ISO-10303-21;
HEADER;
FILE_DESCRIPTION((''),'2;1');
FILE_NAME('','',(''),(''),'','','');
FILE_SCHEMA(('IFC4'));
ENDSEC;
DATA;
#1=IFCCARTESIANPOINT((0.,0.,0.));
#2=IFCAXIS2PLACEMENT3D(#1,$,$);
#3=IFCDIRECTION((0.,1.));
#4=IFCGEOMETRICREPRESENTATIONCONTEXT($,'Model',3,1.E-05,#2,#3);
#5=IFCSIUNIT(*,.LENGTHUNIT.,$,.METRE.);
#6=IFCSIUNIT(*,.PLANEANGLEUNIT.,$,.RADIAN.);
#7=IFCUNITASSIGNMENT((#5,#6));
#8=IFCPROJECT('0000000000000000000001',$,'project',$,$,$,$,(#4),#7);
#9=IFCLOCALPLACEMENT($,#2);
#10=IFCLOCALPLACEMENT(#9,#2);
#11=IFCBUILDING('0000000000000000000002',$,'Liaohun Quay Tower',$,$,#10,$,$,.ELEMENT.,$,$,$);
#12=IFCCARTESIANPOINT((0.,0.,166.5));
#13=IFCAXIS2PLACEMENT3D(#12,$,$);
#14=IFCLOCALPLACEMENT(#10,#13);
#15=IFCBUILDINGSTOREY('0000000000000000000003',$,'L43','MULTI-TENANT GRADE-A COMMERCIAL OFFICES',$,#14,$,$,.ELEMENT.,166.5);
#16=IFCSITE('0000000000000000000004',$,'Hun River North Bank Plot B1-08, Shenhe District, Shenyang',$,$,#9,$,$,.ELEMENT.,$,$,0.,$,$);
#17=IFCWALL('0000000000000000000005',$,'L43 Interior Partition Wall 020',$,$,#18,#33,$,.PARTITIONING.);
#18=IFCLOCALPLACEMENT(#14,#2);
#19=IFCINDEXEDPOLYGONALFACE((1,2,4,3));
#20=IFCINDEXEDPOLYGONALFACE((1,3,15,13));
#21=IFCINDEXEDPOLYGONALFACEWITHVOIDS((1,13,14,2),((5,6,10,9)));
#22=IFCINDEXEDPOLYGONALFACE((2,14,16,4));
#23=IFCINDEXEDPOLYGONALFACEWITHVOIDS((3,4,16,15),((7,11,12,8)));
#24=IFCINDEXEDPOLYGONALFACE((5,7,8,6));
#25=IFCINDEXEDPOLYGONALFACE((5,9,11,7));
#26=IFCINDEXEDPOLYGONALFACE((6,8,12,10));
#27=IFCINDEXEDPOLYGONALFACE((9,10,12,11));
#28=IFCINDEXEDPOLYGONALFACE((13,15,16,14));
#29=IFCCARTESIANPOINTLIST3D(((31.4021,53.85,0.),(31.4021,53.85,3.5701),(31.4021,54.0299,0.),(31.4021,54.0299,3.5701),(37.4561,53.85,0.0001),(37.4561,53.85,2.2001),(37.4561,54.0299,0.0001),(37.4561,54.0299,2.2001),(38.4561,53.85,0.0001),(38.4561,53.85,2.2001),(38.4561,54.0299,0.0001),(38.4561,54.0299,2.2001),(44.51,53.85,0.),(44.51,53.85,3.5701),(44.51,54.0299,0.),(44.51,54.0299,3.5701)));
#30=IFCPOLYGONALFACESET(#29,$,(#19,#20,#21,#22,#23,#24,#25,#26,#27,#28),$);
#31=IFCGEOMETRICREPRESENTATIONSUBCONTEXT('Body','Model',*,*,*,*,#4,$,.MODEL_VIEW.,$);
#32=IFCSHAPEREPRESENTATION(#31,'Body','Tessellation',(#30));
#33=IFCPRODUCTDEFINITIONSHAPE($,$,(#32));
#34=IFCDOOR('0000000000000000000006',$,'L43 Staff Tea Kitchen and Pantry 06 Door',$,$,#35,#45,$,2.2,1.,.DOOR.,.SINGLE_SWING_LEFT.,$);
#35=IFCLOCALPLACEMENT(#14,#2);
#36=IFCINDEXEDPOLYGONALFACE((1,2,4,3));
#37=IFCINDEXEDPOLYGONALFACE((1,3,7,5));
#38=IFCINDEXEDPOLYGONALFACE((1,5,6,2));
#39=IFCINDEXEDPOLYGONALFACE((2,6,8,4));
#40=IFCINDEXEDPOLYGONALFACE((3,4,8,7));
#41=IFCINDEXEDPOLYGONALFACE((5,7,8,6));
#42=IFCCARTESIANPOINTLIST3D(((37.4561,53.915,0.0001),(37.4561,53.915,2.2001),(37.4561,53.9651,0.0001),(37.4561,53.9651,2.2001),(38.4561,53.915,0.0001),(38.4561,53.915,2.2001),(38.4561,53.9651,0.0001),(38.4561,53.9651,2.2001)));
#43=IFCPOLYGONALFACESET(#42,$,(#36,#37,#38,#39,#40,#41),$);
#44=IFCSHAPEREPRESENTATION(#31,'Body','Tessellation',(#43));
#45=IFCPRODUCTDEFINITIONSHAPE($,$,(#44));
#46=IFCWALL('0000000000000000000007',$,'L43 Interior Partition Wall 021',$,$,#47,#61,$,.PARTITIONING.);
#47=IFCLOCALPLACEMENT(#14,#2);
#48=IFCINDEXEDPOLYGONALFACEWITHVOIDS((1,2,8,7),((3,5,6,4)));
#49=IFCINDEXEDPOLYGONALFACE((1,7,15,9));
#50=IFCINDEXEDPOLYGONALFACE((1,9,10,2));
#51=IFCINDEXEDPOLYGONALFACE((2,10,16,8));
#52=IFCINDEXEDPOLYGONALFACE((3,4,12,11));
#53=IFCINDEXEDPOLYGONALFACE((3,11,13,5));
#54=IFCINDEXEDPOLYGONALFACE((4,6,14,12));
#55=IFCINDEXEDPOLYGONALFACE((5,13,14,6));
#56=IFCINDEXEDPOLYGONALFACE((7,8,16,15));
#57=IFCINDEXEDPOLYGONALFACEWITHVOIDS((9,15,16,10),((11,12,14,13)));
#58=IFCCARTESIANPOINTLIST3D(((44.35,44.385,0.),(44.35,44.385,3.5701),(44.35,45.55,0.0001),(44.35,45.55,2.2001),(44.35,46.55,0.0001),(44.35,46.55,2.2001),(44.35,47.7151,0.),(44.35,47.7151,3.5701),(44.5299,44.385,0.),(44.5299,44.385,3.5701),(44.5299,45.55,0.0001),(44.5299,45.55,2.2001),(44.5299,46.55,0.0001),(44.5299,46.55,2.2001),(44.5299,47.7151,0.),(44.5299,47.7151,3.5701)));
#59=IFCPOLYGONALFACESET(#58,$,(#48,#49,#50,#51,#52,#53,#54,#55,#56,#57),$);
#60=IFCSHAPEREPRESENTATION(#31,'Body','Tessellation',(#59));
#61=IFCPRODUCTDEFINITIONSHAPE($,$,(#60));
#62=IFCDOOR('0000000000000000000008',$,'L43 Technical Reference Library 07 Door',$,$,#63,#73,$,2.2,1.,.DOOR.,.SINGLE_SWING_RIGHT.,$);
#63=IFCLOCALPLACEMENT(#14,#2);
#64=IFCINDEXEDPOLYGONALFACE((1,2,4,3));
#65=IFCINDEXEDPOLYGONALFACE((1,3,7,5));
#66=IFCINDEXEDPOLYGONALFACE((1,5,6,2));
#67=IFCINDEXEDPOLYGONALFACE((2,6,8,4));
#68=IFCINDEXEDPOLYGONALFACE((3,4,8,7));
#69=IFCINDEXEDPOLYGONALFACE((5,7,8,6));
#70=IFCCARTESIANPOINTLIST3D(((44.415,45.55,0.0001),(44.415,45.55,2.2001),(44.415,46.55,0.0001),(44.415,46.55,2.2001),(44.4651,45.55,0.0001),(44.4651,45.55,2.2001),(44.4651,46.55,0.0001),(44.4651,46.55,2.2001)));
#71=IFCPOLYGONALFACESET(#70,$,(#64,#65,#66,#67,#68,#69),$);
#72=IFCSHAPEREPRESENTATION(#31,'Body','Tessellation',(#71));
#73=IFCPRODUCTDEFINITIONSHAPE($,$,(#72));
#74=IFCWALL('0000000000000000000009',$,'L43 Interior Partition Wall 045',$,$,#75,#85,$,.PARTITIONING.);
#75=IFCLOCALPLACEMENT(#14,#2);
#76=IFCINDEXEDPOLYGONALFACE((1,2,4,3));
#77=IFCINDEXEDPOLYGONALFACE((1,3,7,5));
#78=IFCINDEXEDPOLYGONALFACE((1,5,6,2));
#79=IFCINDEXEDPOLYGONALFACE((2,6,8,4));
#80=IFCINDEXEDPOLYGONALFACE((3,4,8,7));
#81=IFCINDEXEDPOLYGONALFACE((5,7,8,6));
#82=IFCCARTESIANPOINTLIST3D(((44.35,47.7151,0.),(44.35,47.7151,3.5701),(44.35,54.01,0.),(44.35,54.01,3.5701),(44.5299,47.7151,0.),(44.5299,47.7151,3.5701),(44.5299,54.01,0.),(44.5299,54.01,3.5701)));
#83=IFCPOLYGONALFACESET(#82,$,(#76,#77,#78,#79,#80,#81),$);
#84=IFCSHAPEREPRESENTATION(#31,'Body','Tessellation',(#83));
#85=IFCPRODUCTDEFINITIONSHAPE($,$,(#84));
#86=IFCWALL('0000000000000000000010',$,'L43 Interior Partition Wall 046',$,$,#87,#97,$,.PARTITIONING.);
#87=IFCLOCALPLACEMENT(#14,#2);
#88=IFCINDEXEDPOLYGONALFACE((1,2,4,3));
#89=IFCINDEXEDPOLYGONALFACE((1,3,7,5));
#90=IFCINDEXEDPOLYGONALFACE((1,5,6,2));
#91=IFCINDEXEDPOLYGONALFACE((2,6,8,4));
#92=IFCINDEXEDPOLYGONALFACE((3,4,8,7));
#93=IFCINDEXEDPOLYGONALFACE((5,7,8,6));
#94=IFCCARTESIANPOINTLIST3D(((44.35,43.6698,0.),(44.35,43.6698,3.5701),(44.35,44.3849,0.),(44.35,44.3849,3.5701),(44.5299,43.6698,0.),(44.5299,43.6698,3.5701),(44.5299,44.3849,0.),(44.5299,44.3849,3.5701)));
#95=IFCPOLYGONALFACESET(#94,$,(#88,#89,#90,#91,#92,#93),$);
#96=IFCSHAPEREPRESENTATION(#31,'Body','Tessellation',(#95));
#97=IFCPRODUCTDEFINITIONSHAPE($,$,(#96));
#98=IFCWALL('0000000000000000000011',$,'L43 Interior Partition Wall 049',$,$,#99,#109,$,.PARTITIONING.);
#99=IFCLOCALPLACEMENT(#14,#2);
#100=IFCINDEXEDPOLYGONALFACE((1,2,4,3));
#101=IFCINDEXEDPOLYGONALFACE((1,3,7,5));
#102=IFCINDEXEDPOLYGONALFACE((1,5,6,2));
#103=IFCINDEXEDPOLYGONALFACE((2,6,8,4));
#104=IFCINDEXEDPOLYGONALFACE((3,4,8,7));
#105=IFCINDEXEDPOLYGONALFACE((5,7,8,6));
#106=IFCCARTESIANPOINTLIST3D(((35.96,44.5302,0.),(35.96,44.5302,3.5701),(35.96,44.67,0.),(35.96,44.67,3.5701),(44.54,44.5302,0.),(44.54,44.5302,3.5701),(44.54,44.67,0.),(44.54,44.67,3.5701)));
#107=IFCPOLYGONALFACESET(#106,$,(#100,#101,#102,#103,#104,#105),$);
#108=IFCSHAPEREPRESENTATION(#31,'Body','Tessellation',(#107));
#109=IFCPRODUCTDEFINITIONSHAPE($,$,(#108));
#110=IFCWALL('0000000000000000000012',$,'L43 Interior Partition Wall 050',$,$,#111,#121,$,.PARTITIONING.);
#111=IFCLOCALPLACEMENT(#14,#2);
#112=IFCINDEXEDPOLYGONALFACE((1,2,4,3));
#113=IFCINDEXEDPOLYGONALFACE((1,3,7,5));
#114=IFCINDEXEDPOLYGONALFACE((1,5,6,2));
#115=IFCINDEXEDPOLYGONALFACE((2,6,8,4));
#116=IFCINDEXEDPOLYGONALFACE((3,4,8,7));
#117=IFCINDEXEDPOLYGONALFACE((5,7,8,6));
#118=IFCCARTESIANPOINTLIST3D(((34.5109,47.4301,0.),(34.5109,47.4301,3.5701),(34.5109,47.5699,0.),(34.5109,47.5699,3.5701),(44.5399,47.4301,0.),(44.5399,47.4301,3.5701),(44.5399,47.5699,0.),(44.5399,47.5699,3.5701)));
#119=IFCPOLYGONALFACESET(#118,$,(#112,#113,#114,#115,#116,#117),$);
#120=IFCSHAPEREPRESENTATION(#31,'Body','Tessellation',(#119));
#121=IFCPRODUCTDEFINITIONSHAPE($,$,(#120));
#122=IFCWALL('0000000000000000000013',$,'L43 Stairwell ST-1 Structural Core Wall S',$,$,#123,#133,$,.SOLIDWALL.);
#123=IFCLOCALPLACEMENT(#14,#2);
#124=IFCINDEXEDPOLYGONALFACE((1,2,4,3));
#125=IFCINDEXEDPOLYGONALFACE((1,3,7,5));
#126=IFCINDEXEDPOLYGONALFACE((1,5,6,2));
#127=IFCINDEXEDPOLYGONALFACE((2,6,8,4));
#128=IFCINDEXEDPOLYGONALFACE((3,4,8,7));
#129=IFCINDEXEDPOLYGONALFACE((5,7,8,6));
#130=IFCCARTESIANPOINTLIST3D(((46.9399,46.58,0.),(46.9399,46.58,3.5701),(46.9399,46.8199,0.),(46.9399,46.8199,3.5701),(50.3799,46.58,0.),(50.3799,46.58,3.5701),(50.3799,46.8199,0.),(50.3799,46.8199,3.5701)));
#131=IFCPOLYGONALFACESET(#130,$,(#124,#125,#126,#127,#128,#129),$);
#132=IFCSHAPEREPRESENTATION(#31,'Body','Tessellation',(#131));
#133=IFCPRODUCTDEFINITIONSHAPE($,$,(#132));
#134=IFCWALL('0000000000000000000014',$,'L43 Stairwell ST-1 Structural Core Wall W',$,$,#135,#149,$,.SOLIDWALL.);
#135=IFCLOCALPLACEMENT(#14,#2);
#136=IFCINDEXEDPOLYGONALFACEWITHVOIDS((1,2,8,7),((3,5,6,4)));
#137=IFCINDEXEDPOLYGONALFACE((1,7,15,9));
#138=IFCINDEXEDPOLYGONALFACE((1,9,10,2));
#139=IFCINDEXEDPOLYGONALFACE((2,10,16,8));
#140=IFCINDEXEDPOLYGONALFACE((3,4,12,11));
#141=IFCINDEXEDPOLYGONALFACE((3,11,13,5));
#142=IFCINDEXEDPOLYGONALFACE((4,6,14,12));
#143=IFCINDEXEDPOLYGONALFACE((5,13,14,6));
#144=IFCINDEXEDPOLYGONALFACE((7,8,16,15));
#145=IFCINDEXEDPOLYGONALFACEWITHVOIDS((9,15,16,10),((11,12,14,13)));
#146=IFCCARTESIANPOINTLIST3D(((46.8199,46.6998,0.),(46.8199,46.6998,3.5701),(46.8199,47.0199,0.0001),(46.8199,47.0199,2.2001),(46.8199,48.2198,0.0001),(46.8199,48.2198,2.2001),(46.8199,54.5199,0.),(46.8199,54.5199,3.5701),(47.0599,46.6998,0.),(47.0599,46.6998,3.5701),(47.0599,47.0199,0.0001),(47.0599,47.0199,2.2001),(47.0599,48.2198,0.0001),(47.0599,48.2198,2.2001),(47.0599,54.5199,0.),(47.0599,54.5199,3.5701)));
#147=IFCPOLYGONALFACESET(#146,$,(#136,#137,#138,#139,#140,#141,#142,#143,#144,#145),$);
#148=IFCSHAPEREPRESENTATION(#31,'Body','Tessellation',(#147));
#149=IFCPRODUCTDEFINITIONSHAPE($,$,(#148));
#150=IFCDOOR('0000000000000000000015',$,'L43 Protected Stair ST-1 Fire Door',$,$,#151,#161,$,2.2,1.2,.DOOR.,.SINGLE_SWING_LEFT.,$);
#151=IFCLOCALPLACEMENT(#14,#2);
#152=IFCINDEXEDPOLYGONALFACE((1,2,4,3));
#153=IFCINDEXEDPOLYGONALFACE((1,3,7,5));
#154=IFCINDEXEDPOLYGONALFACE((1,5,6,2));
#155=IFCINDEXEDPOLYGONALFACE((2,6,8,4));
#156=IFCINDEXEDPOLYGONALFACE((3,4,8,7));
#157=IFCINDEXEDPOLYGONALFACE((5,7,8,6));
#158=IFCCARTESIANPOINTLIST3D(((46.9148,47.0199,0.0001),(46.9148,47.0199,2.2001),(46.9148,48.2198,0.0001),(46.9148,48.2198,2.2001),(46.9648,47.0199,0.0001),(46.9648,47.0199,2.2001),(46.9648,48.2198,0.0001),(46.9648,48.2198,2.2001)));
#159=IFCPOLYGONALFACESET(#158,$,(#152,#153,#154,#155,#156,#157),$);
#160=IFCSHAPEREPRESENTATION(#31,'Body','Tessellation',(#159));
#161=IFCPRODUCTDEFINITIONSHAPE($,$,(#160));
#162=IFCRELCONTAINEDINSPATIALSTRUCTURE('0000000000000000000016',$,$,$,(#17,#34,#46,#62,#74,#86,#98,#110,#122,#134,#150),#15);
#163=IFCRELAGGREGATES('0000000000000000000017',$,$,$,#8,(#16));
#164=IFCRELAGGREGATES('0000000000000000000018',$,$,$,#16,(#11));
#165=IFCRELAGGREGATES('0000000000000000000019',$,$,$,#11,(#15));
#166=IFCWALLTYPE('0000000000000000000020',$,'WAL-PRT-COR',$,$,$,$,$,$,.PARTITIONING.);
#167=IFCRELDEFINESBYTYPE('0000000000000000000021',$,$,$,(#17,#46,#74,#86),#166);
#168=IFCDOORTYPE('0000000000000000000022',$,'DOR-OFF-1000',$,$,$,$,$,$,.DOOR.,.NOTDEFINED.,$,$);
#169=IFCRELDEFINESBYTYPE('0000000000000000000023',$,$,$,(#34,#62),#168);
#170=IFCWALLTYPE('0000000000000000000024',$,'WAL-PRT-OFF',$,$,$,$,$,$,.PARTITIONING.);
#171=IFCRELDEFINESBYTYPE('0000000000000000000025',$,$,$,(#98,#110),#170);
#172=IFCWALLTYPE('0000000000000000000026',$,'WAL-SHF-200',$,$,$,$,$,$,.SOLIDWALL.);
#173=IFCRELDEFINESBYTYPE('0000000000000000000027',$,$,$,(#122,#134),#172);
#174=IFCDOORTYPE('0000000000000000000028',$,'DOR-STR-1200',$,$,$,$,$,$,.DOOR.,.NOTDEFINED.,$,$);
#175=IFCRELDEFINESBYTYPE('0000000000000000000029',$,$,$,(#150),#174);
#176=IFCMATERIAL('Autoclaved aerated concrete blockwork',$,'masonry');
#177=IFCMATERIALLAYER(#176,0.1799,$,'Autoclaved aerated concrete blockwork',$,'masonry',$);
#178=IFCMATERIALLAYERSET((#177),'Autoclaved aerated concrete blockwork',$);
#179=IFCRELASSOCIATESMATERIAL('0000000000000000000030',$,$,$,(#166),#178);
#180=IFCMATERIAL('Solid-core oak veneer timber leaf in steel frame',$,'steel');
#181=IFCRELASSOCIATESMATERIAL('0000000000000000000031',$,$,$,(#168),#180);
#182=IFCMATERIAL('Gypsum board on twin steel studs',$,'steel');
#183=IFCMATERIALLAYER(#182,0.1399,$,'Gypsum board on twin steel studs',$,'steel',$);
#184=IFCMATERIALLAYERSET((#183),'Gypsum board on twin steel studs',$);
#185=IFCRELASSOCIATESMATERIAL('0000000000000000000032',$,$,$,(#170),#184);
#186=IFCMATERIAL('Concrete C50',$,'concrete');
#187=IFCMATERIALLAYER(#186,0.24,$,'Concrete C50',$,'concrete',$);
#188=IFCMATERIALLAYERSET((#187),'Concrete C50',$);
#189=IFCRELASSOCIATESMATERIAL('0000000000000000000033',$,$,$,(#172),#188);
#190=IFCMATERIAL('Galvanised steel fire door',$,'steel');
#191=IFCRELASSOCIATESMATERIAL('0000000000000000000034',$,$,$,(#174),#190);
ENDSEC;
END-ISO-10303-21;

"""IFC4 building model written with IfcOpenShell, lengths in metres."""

from ifc_helpers import new_model, si_unit, direction, frame, frame_2d, origin, place, context, subcontext, project, spatial, rectangle, extrude, source, transform, mapped, material, layer, layer_set, type_object, element, fill, save


model = new_model("IFC4")

# Units and contexts
model_context = context("Model", 3, precision=1e-05, world=origin(), true_north=direction((0.0, 1.0)))
body_context = subcontext(model_context, "Body", "Model", "MODEL_VIEW")
ifc_project = project(units=[si_unit("LENGTHUNIT", "METRE"), si_unit("PLANEANGLEUNIT", "RADIAN")], contexts=[model_context])

# Site, building, storey
site_placement = place(None, origin())
site = spatial("IfcSite", under=ifc_project, at=site_placement, Name="Hun River North Bank Plot B1-08, Shenhe District, Shenyang", CompositionType="ELEMENT", RefElevation=0.0)
building_placement = place(site_placement, origin())
building = spatial("IfcBuilding", under=site, at=building_placement, Name="Liaohun Quay Tower", CompositionType="ELEMENT")
storey_placement = place(building_placement, frame((0.0, 0.0, 166.5)))
storey = spatial("IfcBuildingStorey", under=building, at=storey_placement, Name="L43", Description="MULTI-TENANT GRADE-A COMMERCIAL OFFICES", CompositionType="ELEMENT", Elevation=166.5)

# Walls, openings, doors
ifc_material_1 = material(Name="Autoclaved aerated concrete blockwork", Category="masonry")
ifc_layer_1 = layer(ifc_material_1, 0.1799, Name="Autoclaved aerated concrete blockwork", Category="masonry")
ifc_layer_set_1 = layer_set([ifc_layer_1], Name="Autoclaved aerated concrete blockwork")
wall_type_1 = type_object("IfcWallType", Name="WAL-PRT-COR", PredefinedType="PARTITIONING", material=ifc_layer_set_1)
wall_1_placement = place(storey_placement, frame((44.51, 53.9399, 0.0), z_axis=(0.0, 0.0, 1.0), x_axis=(-1.0, 0.0, 0.0)))
wall_1 = element("IfcWall", 1, at=wall_1_placement, inside=storey, type_object=wall_type_1, Name="L43 Interior Partition Wall 020", PredefinedType="PARTITIONING", context=body_context, shape_type="SweptSolid", body=[
    extrude(rectangle(XDim=13.1079, YDim=0.1799, at=frame_2d((6.554, 0.0))), origin(), (0.0, 0.0, 1.0), 3.5701),
])
shared_shape_1 = source(origin(), body_context, "Body", "SweptSolid", [
    extrude(rectangle(XDim=1.0, YDim=2.2, at=frame_2d((0.5, 1.1001))), frame((0.0, 0.0999, 0.0), z_axis=(0.0, -1.0, 0.0), x_axis=(1.0, 0.0, 0.0)), (0.0, 0.0, 1.0), 0.2),
])
opening_1_placement = place(wall_1_placement, frame((6.054, 0.0, 0.0)))
opening_1 = element("IfcOpeningElement", 2, at=opening_1_placement, cuts=wall_1, PredefinedType="OPENING", context=body_context, shape_type="MappedRepresentation", body=[
    mapped(shared_shape_1, transform((0.0, 0.0, 0.0), x_axis=(1.0, 0.0, 0.0), y_axis=(0.0, 1.0, 0.0), z_axis=(0.0, 0.0, 1.0), scale=1.0)),
])
ifc_material_2 = material(Name="Solid-core oak veneer timber leaf in steel frame", Category="steel")
door_type_1 = type_object("IfcDoorType", Name="DOR-OFF-1000", OperationType="NOTDEFINED", PredefinedType="DOOR", material=ifc_material_2)
shared_shape_2 = source(origin(), body_context, "Body", "SweptSolid", [
    extrude(rectangle(XDim=1.0, YDim=2.2, at=frame_2d((0.5, 1.1001))), frame((0.0, 0.0249, 0.0), z_axis=(0.0, -1.0, 0.0), x_axis=(1.0, 0.0, 0.0)), (0.0, 0.0, 1.0), 0.05),
])
door_1_placement = place(opening_1_placement, origin())
door_1 = element("IfcDoor", 3, at=door_1_placement, inside=storey, type_object=door_type_1, Name="L43 Staff Tea Kitchen and Pantry 06 Door", OperationType="SINGLE_SWING_LEFT", OverallHeight=2.2, OverallWidth=1.0, PredefinedType="DOOR", context=body_context, shape_type="MappedRepresentation", body=[
    mapped(shared_shape_2, transform((0.0, 0.0, 0.0), x_axis=(1.0, 0.0, 0.0), y_axis=(0.0, 1.0, 0.0), z_axis=(0.0, 0.0, 1.0), scale=1.0)),
])
fill(opening_1, door_1)
wall_2_placement = place(storey_placement, frame((44.4399, 44.385, 0.0), z_axis=(0.0, 0.0, 1.0), x_axis=(0.0, 1.0, 0.0)))
wall_2 = element("IfcWall", 4, at=wall_2_placement, inside=storey, type_object=wall_type_1, Name="L43 Interior Partition Wall 021", PredefinedType="PARTITIONING", context=body_context, shape_type="SweptSolid", body=[
    extrude(rectangle(XDim=3.3301, YDim=0.1799, at=frame_2d((1.665, 0.0))), origin(), (0.0, 0.0, 1.0), 3.5701),
])
opening_2_placement = place(wall_2_placement, frame((1.165, 0.0, 0.0)))
opening_2 = element("IfcOpeningElement", 5, at=opening_2_placement, cuts=wall_2, PredefinedType="OPENING", context=body_context, shape_type="MappedRepresentation", body=[
    mapped(shared_shape_1, transform((0.0, 0.0, 0.0), x_axis=(1.0, 0.0, 0.0), y_axis=(0.0, 1.0, 0.0), z_axis=(0.0, 0.0, 1.0), scale=1.0)),
])
door_2_placement = place(opening_2_placement, origin())
door_2 = element("IfcDoor", 6, at=door_2_placement, inside=storey, type_object=door_type_1, Name="L43 Technical Reference Library 07 Door", OperationType="SINGLE_SWING_RIGHT", OverallHeight=2.2, OverallWidth=1.0, PredefinedType="DOOR", context=body_context, shape_type="MappedRepresentation", body=[
    mapped(shared_shape_2, transform((0.0, 0.0, 0.0), x_axis=(1.0, 0.0, 0.0), y_axis=(0.0, 1.0, 0.0), z_axis=(0.0, 0.0, 1.0), scale=1.0)),
])
fill(opening_2, door_2)

# Walls
wall_3_placement = place(storey_placement, frame((44.4399, 47.7151, 0.0), z_axis=(0.0, 0.0, 1.0), x_axis=(0.0, 1.0, 0.0)))
element("IfcWall", 7, at=wall_3_placement, inside=storey, type_object=wall_type_1, Name="L43 Interior Partition Wall 045", PredefinedType="PARTITIONING", context=body_context, shape_type="SweptSolid", body=[
    extrude(rectangle(XDim=6.2949, YDim=0.1799, at=frame_2d((3.1475, 0.0))), origin(), (0.0, 0.0, 1.0), 3.5701),
])
wall_4_placement = place(storey_placement, frame((44.4399, 43.6699, 0.0), z_axis=(0.0, 0.0, 1.0), x_axis=(0.0, 1.0, 0.0)))
element("IfcWall", 8, at=wall_4_placement, inside=storey, type_object=wall_type_1, Name="L43 Interior Partition Wall 046", PredefinedType="PARTITIONING", context=body_context, shape_type="SweptSolid", body=[
    extrude(rectangle(XDim=0.7151, YDim=0.1799, at=frame_2d((0.3574, 0.0))), origin(), (0.0, 0.0, 1.0), 3.5701),
])
ifc_material_3 = material(Name="Gypsum board on twin steel studs", Category="steel")
ifc_layer_2 = layer(ifc_material_3, 0.1399, Name="Gypsum board on twin steel studs", Category="steel")
ifc_layer_set_2 = layer_set([ifc_layer_2], Name="Gypsum board on twin steel studs")
wall_type_2 = type_object("IfcWallType", Name="WAL-PRT-OFF", PredefinedType="PARTITIONING", material=ifc_layer_set_2)
wall_5_placement = place(storey_placement, frame((44.54, 44.6001, 0.0), z_axis=(0.0, 0.0, 1.0), x_axis=(-1.0, 0.0, 0.0)))
element("IfcWall", 9, at=wall_5_placement, inside=storey, type_object=wall_type_2, Name="L43 Interior Partition Wall 049", PredefinedType="PARTITIONING", context=body_context, shape_type="SweptSolid", body=[
    extrude(rectangle(XDim=8.5801, YDim=0.1399, at=frame_2d((4.29, 0.0))), origin(), (0.0, 0.0, 1.0), 3.5701),
])
wall_6_placement = place(storey_placement, frame((44.54, 47.5, 0.0), z_axis=(0.0, 0.0, 1.0), x_axis=(-1.0, 0.0, 0.0)))
element("IfcWall", 10, at=wall_6_placement, inside=storey, type_object=wall_type_2, Name="L43 Interior Partition Wall 050", PredefinedType="PARTITIONING", context=body_context, shape_type="SweptSolid", body=[
    extrude(rectangle(XDim=10.0291, YDim=0.1399, at=frame_2d((5.0146, 0.0))), origin(), (0.0, 0.0, 1.0), 3.5701),
])
ifc_material_4 = material(Name="Concrete C50", Category="concrete")
ifc_layer_3 = layer(ifc_material_4, 0.24, Name="Concrete C50", Category="concrete")
ifc_layer_set_3 = layer_set([ifc_layer_3], Name="Concrete C50")
wall_type_3 = type_object("IfcWallType", Name="WAL-SHF-200", PredefinedType="SOLIDWALL", material=ifc_layer_set_3)
wall_7_placement = place(storey_placement, frame((46.9399, 46.7, 0.0), z_axis=(0.0, 0.0, 1.0), x_axis=(1.0, 0.0, 0.0)))
element("IfcWall", 11, at=wall_7_placement, inside=storey, type_object=wall_type_3, Name="L43 Stairwell ST-1 Structural Core Wall S", PredefinedType="SOLIDWALL", context=body_context, shape_type="SweptSolid", body=[
    extrude(rectangle(XDim=3.4399, YDim=0.24, at=frame_2d((1.72, 0.0))), origin(), (0.0, 0.0, 1.0), 3.5701),
])

# Wall, opening, door
wall_8_placement = place(storey_placement, frame((46.9399, 54.52, 0.0), z_axis=(0.0, 0.0, 1.0), x_axis=(0.0, -1.0, 0.0)))
wall_8 = element("IfcWall", 12, at=wall_8_placement, inside=storey, type_object=wall_type_3, Name="L43 Stairwell ST-1 Structural Core Wall W", PredefinedType="SOLIDWALL", context=body_context, shape_type="SweptSolid", body=[
    extrude(rectangle(XDim=7.8201, YDim=0.24, at=frame_2d((3.9102, 0.0))), origin(), (0.0, 0.0, 1.0), 3.5701),
])
shared_shape_3 = source(origin(), body_context, "Body", "SweptSolid", [
    extrude(rectangle(XDim=1.2, YDim=2.2, at=frame_2d((0.6001, 1.1001))), frame((0.0, 0.1299, 0.0), z_axis=(0.0, -1.0, 0.0), x_axis=(1.0, 0.0, 0.0)), (0.0, 0.0, 1.0), 0.26),
])
opening_3_placement = place(wall_8_placement, frame((6.3, 0.0, 0.0)))
opening_3 = element("IfcOpeningElement", 13, at=opening_3_placement, cuts=wall_8, PredefinedType="OPENING", context=body_context, shape_type="MappedRepresentation", body=[
    mapped(shared_shape_3, transform((0.0, 0.0, 0.0), x_axis=(1.0, 0.0, 0.0), y_axis=(0.0, 1.0, 0.0), z_axis=(0.0, 0.0, 1.0), scale=1.0)),
])
ifc_material_5 = material(Name="Galvanised steel fire door", Category="steel")
door_type_2 = type_object("IfcDoorType", Name="DOR-STR-1200", OperationType="NOTDEFINED", PredefinedType="DOOR", material=ifc_material_5)
shared_shape_4 = source(origin(), body_context, "Body", "SweptSolid", [
    extrude(rectangle(XDim=1.2, YDim=2.2, at=frame_2d((0.6001, 1.1001))), frame((0.0, 0.0249, 0.0), z_axis=(0.0, -1.0, 0.0), x_axis=(1.0, 0.0, 0.0)), (0.0, 0.0, 1.0), 0.05),
])
door_3_placement = place(opening_3_placement, origin())
door_3 = element("IfcDoor", 14, at=door_3_placement, inside=storey, type_object=door_type_2, Name="L43 Protected Stair ST-1 Fire Door", OperationType="SINGLE_SWING_LEFT", OverallHeight=2.2, OverallWidth=1.2, PredefinedType="DOOR", context=body_context, shape_type="MappedRepresentation", body=[
    mapped(shared_shape_4, transform((0.0, 0.0, 0.0), x_axis=(1.0, 0.0, 0.0), y_axis=(0.0, 1.0, 0.0), z_axis=(0.0, 0.0, 1.0), scale=1.0)),
])
fill(opening_3, door_3)

save(model, "model.ifc")
